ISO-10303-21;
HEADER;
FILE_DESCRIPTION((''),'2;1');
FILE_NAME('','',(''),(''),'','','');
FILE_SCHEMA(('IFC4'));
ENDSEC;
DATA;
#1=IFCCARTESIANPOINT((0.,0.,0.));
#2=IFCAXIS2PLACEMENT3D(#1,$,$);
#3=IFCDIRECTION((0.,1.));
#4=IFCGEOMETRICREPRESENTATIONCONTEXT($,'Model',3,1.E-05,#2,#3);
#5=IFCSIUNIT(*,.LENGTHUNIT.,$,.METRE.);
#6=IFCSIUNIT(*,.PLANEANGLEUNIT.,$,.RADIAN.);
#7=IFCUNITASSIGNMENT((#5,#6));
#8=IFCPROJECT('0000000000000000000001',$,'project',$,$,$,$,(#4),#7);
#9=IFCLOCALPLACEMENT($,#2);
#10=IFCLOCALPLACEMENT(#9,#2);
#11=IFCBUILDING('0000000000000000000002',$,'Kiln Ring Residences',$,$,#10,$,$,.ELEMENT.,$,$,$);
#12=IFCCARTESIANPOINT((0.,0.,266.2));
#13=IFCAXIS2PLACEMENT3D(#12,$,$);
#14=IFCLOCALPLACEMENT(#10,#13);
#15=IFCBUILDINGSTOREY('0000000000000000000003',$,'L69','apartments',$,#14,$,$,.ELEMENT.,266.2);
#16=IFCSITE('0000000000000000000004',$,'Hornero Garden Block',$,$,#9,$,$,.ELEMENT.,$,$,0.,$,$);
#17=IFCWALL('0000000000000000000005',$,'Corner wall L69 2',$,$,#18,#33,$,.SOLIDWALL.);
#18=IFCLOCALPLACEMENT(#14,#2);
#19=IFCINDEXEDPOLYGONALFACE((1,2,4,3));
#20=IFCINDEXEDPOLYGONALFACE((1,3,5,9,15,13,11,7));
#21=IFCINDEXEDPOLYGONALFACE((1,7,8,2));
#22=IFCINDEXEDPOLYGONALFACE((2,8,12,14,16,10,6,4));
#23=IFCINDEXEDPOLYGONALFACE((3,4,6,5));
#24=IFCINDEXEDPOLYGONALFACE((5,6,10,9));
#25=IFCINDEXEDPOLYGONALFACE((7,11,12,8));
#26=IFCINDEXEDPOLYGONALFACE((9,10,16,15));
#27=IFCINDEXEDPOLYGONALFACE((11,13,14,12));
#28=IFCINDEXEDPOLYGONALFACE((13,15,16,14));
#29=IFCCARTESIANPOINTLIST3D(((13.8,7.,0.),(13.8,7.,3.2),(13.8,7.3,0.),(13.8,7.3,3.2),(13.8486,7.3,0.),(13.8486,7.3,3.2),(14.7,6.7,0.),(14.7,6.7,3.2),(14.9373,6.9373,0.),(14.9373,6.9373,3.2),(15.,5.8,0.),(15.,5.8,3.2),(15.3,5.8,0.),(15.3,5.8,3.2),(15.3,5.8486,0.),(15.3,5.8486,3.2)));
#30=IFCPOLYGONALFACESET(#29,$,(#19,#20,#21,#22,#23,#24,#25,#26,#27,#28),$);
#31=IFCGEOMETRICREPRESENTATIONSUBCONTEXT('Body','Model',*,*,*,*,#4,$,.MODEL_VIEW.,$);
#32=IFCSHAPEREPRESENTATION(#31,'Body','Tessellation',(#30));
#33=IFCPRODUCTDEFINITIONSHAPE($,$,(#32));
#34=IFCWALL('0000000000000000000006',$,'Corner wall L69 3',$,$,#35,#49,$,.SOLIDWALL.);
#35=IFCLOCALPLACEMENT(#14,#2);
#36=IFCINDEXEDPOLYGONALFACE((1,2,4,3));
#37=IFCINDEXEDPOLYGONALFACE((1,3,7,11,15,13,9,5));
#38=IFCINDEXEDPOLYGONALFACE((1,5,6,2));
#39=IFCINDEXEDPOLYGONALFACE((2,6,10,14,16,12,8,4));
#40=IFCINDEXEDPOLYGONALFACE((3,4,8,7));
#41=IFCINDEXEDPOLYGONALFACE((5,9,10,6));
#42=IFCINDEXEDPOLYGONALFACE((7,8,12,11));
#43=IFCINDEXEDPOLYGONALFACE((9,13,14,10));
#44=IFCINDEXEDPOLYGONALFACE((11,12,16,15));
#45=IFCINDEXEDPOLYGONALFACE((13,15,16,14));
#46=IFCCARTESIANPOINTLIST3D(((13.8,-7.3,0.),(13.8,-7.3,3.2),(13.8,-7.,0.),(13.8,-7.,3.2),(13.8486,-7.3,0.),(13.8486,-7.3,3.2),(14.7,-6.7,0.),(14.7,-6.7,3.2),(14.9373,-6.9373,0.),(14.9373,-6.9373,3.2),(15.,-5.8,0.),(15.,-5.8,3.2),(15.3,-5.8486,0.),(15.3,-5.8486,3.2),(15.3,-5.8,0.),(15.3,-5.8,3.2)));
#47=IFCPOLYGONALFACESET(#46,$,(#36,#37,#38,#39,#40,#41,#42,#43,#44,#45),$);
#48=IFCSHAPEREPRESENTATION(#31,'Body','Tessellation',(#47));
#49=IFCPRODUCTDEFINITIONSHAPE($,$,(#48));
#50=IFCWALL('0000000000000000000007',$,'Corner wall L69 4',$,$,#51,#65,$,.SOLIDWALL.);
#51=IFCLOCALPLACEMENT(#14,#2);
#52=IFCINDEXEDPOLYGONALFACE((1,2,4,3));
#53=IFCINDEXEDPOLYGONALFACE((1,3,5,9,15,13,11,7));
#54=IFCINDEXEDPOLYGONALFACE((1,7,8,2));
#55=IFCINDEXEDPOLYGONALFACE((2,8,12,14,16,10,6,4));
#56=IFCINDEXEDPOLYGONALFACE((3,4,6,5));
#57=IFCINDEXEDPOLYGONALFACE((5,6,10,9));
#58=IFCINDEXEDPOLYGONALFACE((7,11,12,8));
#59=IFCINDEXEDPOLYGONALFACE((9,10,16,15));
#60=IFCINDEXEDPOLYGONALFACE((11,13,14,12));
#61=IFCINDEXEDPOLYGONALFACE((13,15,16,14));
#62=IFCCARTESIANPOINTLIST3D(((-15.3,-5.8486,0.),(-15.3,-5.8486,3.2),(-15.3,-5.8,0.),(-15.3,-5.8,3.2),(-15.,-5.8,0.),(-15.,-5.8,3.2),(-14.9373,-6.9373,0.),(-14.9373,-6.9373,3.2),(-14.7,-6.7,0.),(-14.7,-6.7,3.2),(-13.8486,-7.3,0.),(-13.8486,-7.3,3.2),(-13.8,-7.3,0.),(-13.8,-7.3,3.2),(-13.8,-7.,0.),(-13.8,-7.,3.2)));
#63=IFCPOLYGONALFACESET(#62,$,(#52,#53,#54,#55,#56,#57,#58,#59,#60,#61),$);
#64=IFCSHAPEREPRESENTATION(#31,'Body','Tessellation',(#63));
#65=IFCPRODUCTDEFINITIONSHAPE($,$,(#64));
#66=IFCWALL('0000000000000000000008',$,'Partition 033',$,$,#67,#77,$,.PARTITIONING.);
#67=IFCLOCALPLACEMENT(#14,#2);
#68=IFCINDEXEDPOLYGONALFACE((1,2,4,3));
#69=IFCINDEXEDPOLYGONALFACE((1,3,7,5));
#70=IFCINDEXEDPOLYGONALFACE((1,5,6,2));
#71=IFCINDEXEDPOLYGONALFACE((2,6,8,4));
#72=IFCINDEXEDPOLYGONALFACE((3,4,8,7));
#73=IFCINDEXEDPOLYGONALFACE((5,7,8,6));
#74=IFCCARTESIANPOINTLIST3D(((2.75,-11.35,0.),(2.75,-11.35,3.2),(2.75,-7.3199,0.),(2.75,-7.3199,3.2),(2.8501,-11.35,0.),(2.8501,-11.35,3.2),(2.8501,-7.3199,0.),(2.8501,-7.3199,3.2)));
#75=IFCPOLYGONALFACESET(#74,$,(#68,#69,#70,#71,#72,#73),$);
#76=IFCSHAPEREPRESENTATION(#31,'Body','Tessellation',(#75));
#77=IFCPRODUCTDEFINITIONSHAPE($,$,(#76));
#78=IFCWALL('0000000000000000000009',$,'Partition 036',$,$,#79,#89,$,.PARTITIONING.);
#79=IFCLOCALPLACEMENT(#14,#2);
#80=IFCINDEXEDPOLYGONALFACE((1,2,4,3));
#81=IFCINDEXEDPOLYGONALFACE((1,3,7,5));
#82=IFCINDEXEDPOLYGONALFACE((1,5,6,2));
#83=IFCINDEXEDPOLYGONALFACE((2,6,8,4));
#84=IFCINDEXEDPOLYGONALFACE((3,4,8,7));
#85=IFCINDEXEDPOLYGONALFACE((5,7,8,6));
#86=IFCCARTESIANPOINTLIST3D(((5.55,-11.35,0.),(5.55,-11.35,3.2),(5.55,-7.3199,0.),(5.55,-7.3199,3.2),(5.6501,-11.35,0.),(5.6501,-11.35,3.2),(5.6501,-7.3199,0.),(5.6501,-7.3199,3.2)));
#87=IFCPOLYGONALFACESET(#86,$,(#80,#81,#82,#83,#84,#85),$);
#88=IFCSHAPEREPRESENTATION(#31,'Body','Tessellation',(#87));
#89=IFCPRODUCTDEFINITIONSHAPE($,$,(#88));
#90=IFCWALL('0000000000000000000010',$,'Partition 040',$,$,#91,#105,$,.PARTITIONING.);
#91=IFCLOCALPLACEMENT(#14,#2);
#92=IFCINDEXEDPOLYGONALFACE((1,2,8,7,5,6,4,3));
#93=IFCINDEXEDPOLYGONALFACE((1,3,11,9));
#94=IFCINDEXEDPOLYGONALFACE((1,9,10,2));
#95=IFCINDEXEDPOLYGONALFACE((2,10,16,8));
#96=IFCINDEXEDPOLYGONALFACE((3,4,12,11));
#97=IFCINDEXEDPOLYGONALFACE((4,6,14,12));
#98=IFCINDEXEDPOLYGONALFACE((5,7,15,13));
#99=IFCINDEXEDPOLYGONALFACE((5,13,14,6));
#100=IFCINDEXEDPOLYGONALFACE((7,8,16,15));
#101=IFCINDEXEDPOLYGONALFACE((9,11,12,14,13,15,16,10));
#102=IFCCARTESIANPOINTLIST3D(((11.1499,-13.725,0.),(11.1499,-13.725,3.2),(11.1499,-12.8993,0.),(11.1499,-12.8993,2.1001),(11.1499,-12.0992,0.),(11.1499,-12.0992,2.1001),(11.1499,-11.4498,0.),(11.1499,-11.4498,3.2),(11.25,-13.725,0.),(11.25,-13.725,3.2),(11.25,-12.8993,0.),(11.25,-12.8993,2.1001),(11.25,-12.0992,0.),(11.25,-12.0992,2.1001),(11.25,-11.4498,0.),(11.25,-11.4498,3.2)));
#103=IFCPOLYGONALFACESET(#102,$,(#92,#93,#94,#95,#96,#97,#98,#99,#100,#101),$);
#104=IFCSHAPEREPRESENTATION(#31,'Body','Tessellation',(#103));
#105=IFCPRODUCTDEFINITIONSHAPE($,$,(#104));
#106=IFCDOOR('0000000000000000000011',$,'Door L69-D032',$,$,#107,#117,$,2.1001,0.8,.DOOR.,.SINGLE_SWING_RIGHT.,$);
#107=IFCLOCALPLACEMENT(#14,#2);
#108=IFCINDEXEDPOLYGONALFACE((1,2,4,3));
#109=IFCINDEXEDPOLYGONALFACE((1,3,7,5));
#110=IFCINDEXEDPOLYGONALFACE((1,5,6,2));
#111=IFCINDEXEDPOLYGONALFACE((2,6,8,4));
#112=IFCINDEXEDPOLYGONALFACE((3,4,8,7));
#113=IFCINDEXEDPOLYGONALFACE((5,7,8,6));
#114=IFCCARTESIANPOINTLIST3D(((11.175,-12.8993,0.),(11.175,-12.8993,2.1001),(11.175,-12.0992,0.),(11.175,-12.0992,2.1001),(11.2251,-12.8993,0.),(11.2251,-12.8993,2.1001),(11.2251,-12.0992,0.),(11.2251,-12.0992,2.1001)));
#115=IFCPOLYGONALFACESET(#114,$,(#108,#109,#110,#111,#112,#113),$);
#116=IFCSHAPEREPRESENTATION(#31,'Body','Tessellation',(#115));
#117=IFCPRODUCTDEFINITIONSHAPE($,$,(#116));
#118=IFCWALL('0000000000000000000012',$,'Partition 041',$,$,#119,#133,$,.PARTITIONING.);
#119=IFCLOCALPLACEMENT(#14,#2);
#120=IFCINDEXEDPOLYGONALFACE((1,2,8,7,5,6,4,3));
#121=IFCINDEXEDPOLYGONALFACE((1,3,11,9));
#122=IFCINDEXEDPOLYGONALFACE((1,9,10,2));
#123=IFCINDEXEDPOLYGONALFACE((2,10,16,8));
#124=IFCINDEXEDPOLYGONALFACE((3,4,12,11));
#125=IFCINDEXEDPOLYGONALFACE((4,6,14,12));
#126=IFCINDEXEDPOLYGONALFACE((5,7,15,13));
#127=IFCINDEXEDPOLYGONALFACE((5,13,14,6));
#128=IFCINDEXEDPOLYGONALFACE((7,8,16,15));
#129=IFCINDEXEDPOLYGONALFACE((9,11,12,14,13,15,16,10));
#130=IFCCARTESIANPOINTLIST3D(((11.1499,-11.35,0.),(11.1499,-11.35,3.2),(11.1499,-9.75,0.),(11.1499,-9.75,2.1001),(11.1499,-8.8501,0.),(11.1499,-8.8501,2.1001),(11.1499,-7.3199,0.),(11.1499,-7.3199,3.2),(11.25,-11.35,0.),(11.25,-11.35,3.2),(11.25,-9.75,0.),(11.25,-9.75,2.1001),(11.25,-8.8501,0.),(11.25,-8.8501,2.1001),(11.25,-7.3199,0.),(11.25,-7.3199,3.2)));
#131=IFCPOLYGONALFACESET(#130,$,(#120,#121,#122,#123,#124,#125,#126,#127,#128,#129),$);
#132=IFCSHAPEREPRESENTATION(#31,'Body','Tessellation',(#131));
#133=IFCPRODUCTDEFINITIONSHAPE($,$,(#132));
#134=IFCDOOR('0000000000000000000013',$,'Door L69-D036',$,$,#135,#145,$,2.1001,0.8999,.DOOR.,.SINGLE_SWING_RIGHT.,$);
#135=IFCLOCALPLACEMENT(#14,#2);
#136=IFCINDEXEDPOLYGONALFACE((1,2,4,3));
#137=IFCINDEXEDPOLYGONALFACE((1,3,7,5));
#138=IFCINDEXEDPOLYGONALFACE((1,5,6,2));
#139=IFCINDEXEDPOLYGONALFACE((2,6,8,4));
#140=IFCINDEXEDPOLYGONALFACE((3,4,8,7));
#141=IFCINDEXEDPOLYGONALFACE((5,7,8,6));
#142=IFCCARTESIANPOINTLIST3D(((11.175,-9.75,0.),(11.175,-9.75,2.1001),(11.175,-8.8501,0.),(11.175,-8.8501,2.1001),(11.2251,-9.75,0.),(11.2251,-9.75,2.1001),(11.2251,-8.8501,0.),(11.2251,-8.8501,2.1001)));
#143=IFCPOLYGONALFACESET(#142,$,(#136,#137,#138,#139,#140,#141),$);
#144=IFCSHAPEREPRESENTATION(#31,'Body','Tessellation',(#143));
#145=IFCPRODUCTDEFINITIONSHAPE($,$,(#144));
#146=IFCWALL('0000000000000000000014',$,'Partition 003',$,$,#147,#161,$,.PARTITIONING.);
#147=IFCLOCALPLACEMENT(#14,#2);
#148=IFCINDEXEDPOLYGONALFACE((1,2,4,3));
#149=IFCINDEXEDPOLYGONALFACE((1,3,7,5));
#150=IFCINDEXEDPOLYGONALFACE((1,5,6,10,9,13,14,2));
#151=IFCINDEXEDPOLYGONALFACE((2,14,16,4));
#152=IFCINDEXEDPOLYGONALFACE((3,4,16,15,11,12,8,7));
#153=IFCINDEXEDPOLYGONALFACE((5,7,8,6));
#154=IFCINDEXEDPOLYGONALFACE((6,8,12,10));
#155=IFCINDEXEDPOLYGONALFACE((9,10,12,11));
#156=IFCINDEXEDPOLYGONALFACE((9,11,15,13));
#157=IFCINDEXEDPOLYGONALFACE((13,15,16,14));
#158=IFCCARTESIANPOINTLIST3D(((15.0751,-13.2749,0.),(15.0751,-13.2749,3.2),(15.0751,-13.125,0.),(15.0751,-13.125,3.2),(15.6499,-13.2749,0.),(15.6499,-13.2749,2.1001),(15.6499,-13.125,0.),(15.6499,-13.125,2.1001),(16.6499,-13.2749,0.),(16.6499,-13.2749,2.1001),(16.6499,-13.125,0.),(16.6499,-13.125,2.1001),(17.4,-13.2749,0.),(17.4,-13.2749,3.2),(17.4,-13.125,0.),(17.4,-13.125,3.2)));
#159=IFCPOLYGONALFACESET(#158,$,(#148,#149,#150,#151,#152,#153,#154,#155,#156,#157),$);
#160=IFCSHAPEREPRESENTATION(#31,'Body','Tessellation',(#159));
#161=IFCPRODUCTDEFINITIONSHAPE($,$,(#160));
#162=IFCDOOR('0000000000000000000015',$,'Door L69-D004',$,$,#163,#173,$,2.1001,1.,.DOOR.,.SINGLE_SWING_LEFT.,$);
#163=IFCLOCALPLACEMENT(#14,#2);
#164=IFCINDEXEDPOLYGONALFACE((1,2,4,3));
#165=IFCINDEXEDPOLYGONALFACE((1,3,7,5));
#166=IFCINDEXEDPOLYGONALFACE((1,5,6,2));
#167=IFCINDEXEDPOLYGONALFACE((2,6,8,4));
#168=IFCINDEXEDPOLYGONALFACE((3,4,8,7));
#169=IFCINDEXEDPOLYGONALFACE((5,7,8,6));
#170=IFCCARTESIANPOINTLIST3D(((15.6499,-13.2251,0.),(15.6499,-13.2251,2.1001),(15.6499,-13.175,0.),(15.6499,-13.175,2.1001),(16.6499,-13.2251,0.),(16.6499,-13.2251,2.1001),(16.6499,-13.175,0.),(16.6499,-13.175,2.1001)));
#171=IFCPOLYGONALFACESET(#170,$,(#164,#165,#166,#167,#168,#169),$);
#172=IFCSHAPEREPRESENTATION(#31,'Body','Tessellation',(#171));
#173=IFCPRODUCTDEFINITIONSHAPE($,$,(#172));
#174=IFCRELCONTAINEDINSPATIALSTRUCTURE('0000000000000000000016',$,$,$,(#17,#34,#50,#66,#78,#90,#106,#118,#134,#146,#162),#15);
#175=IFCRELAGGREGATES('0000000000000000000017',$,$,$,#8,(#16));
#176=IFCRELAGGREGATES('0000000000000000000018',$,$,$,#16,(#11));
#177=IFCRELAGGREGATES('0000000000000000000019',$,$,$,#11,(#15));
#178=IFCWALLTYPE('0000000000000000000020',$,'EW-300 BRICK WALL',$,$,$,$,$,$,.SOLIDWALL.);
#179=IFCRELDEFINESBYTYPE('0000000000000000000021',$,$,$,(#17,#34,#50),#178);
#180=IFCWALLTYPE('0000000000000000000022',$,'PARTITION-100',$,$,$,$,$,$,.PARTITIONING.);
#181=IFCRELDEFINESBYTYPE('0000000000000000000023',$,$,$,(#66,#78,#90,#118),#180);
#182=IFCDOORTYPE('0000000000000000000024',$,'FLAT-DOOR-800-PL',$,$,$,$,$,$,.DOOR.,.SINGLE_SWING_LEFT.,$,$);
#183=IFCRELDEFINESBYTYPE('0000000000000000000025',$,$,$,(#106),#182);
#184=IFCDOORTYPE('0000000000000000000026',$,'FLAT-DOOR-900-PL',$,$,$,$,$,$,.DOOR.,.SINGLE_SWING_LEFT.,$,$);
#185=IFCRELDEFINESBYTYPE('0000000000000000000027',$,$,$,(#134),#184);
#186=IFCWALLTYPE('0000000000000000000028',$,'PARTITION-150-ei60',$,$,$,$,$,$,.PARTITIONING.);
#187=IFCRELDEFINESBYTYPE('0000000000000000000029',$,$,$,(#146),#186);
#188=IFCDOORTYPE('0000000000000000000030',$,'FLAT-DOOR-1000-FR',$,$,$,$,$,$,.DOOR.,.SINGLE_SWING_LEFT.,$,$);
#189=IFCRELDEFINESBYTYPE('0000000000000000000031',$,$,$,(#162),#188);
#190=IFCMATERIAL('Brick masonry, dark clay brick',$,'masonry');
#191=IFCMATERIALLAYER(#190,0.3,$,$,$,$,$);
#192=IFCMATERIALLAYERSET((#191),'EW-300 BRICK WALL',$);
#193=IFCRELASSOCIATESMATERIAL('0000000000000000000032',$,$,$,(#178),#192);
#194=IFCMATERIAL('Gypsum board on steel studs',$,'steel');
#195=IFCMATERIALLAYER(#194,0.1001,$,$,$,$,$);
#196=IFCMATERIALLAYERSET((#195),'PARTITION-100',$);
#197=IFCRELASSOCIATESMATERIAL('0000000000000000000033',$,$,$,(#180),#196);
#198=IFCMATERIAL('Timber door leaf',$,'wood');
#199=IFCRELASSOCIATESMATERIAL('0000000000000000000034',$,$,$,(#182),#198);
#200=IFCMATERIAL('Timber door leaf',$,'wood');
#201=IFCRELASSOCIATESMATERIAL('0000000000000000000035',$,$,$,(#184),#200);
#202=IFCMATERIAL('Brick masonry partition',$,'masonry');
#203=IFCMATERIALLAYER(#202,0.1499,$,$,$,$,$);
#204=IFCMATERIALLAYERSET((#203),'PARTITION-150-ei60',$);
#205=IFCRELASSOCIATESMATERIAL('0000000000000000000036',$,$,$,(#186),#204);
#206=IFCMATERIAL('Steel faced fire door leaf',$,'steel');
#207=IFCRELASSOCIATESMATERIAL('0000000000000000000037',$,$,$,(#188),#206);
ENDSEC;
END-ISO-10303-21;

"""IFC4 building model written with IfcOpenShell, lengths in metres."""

from ifc_helpers import new_model, si_unit, direction, frame, frame_2d, origin, place, context, subcontext, project, spatial, polyline, rectangle, outline, extrude, material, layer, layer_set, type_object, element, fill, save


model = new_model("IFC4")

# Units and contexts
model_context = context("Model", 3, precision=1e-05, world=origin(), true_north=direction((0.0, 1.0)))
body_context = subcontext(model_context, "Body", "Model", "MODEL_VIEW")
ifc_project = project(units=[si_unit("LENGTHUNIT", "METRE"), si_unit("PLANEANGLEUNIT", "RADIAN")], contexts=[model_context])

# Site, building, storey
site_placement = place(None, origin())
site = spatial("IfcSite", under=ifc_project, at=site_placement, Name="Hornero Garden Block", CompositionType="ELEMENT", RefElevation=0.0)
building_placement = place(site_placement, origin())
building = spatial("IfcBuilding", under=site, at=building_placement, Name="Kiln Ring Residences", CompositionType="ELEMENT")
storey_placement = place(building_placement, frame((0.0, 0.0, 266.2)))
storey = spatial("IfcBuildingStorey", under=building, at=storey_placement, Name="L69", Description="apartments", CompositionType="ELEMENT", Elevation=266.2)

# Shared definitions
ifc_material_1 = material(Name="Brick masonry, dark clay brick", Category="masonry")
ifc_layer_1 = layer(ifc_material_1, 0.3)
ifc_layer_set_1 = layer_set([ifc_layer_1], Name="EW-300 BRICK WALL")
wall_type_1 = type_object("IfcWallType", Name="EW-300 BRICK WALL", PredefinedType="SOLIDWALL", material=ifc_layer_set_1)

# Walls
placement = place(storey_placement, origin())
element("IfcWall", 1, at=placement, inside=storey, type_object=wall_type_1, Name="Corner wall L69 2", PredefinedType="SOLIDWALL", context=body_context, shape_type="SweptSolid", body=[
    extrude(outline(polyline([(14.9373, 6.9373), (13.8486, 7.3), (13.8, 7.3), (13.8, 7.0), (14.7, 6.7), (15.0, 5.8), (15.3, 5.8), (15.3, 5.8486), (14.9373, 6.9373)])), origin(), (0.0, 0.0, 1.0), 3.2),
])
element("IfcWall", 2, at=placement, inside=storey, type_object=wall_type_1, Name="Corner wall L69 3", PredefinedType="SOLIDWALL", context=body_context, shape_type="SweptSolid", body=[
    extrude(outline(polyline([(14.9373, -6.9373), (15.3, -5.8486), (15.3, -5.8), (15.0, -5.8), (14.7, -6.7), (13.8, -7.0), (13.8, -7.3), (13.8486, -7.3), (14.9373, -6.9373)])), origin(), (0.0, 0.0, 1.0), 3.2),
])
element("IfcWall", 3, at=placement, inside=storey, type_object=wall_type_1, Name="Corner wall L69 4", PredefinedType="SOLIDWALL", context=body_context, shape_type="SweptSolid", body=[
    extrude(outline(polyline([(-14.9373, -6.9373), (-13.8486, -7.3), (-13.8, -7.3), (-13.8, -7.0), (-14.7, -6.7), (-15.0, -5.8), (-15.3, -5.8), (-15.3, -5.8486), (-14.9373, -6.9373)])), origin(), (0.0, 0.0, 1.0), 3.2),
])
ifc_material_2 = material(Name="Gypsum board on steel studs", Category="steel")
ifc_layer_2 = layer(ifc_material_2, 0.1001)
ifc_layer_set_2 = layer_set([ifc_layer_2], Name="PARTITION-100")
wall_type_2 = type_object("IfcWallType", Name="PARTITION-100", PredefinedType="PARTITIONING", material=ifc_layer_set_2)
for number, where, z_axis, x_axis, name in (
    (4, (2.8, -11.3501, 0.0), (0.0, 0.0, 1.0), (0.0, 1.0, 0.0), "Partition 033"),
    (5, (5.6001, -11.3501, 0.0), (0.0, 0.0, 1.0), (0.0, 1.0, 0.0), "Partition 036"),
):
    element("IfcWall", number, at=place(storey_placement, frame(where, z_axis=z_axis, x_axis=x_axis)), inside=storey, type_object=wall_type_2, Name=name, PredefinedType="PARTITIONING", context=body_context, shape_type="SweptSolid", body=[
        extrude(rectangle(XDim=4.03, YDim=0.1001, at=frame_2d((2.0151, 0.0))), origin(), (0.0, 0.0, 1.0), 3.2),
    ])

# Walls, openings, doors
wall_1_placement = place(storey_placement, frame((11.2, -13.7251, 0.0), z_axis=(0.0, 0.0, 1.0), x_axis=(0.0, 1.0, 0.0)))
wall_1 = element("IfcWall", 6, at=wall_1_placement, inside=storey, type_object=wall_type_2, Name="Partition 040", PredefinedType="PARTITIONING", context=body_context, shape_type="SweptSolid", body=[
    extrude(rectangle(XDim=2.2751, YDim=0.1001, at=frame_2d((1.1377, 0.0))), origin(), (0.0, 0.0, 1.0), 3.2),
])
opening_1_placement = place(wall_1_placement, frame((0.8259, 0.0, 0.0)))
opening_1 = element("IfcOpeningElement", 7, at=opening_1_placement, cuts=wall_1, PredefinedType="OPENING", context=body_context, shape_type="SweptSolid", body=[
    extrude(rectangle(XDim=0.8, YDim=2.1001, at=frame_2d((0.3999, 1.05))), frame((0.0, 0.0601, 0.0), z_axis=(0.0, -1.0, 0.0), x_axis=(1.0, 0.0, 0.0)), (0.0, 0.0, 1.0), 0.1201),
])
ifc_material_3 = material(Name="Timber door leaf", Category="wood")
door_type_1 = type_object("IfcDoorType", Name="FLAT-DOOR-800-PL", OperationType="SINGLE_SWING_LEFT", PredefinedType="DOOR", material=ifc_material_3)
door_1_placement = place(opening_1_placement, origin())
door_1 = element("IfcDoor", 8, at=door_1_placement, inside=storey, type_object=door_type_1, Name="Door L69-D032", OperationType="SINGLE_SWING_RIGHT", OverallHeight=2.1001, OverallWidth=0.8, PredefinedType="DOOR", context=body_context, shape_type="SweptSolid", body=[
    extrude(rectangle(XDim=0.8, YDim=2.1001, at=frame_2d((0.3999, 1.05))), frame((0.0, 0.0249, 0.0), z_axis=(0.0, -1.0, 0.0), x_axis=(1.0, 0.0, 0.0)), (0.0, 0.0, 1.0), 0.05),
])
fill(opening_1, door_1)
wall_2_placement = place(storey_placement, frame((11.2, -11.3501, 0.0), z_axis=(0.0, 0.0, 1.0), x_axis=(0.0, 1.0, 0.0)))
wall_2 = element("IfcWall", 9, at=wall_2_placement, inside=storey, type_object=wall_type_2, Name="Partition 041", PredefinedType="PARTITIONING", context=body_context, shape_type="SweptSolid", body=[
    extrude(rectangle(XDim=4.03, YDim=0.1001, at=frame_2d((2.0151, 0.0))), origin(), (0.0, 0.0, 1.0), 3.2),
])
opening_2_placement = place(wall_2_placement, frame((1.6001, 0.0, 0.0)))
opening_2 = element("IfcOpeningElement", 10, at=opening_2_placement, cuts=wall_2, PredefinedType="OPENING", context=body_context, shape_type="SweptSolid", body=[
    extrude(rectangle(XDim=0.8999, YDim=2.1001, at=frame_2d((0.45, 1.05))), frame((0.0, 0.0601, 0.0), z_axis=(0.0, -1.0, 0.0), x_axis=(1.0, 0.0, 0.0)), (0.0, 0.0, 1.0), 0.1201),
])
ifc_material_4 = material(Name="Timber door leaf", Category="wood")
door_type_2 = type_object("IfcDoorType", Name="FLAT-DOOR-900-PL", OperationType="SINGLE_SWING_LEFT", PredefinedType="DOOR", material=ifc_material_4)
door_2_placement = place(opening_2_placement, origin())
door_2 = element("IfcDoor", 11, at=door_2_placement, inside=storey, type_object=door_type_2, Name="Door L69-D036", OperationType="SINGLE_SWING_RIGHT", OverallHeight=2.1001, OverallWidth=0.8999, PredefinedType="DOOR", context=body_context, shape_type="SweptSolid", body=[
    extrude(rectangle(XDim=0.8999, YDim=2.1001, at=frame_2d((0.45, 1.05))), frame((0.0, 0.0249, 0.0), z_axis=(0.0, -1.0, 0.0), x_axis=(1.0, 0.0, 0.0)), (0.0, 0.0, 1.0), 0.05),
])
fill(opening_2, door_2)
ifc_material_5 = material(Name="Brick masonry partition", Category="masonry")
ifc_layer_3 = layer(ifc_material_5, 0.1499)
ifc_layer_set_3 = layer_set([ifc_layer_3], Name="PARTITION-150-ei60")
wall_type_3 = type_object("IfcWallType", Name="PARTITION-150-ei60", PredefinedType="PARTITIONING", material=ifc_layer_set_3)
wall_3_placement = place(storey_placement, frame((15.075, -13.2, 0.0), z_axis=(0.0, 0.0, 1.0), x_axis=(1.0, 0.0, 0.0)))
wall_3 = element("IfcWall", 12, at=wall_3_placement, inside=storey, type_object=wall_type_3, Name="Partition 003", PredefinedType="PARTITIONING", context=body_context, shape_type="SweptSolid", body=[
    extrude(rectangle(XDim=2.325, YDim=0.1499, at=frame_2d((1.1626, 0.0))), origin(), (0.0, 0.0, 1.0), 3.2),
])
opening_3_placement = place(wall_3_placement, frame((0.575, 0.0, 0.0)))
opening_3 = element("IfcOpeningElement", 13, at=opening_3_placement, cuts=wall_3, PredefinedType="OPENING", context=body_context, shape_type="SweptSolid", body=[
    extrude(rectangle(XDim=1.0, YDim=2.1001, at=frame_2d((0.5, 1.05))), frame((0.0, 0.085, 0.0), z_axis=(0.0, -1.0, 0.0), x_axis=(1.0, 0.0, 0.0)), (0.0, 0.0, 1.0), 0.1699),
])
ifc_material_6 = material(Name="Steel faced fire door leaf", Category="steel")
door_type_3 = type_object("IfcDoorType", Name="FLAT-DOOR-1000-FR", OperationType="SINGLE_SWING_LEFT", PredefinedType="DOOR", material=ifc_material_6)
door_3_placement = place(opening_3_placement, origin())
door_3 = element("IfcDoor", 14, at=door_3_placement, inside=storey, type_object=door_type_3, Name="Door L69-D004", OperationType="SINGLE_SWING_LEFT", OverallHeight=2.1001, OverallWidth=1.0, PredefinedType="DOOR", context=body_context, shape_type="SweptSolid", body=[
    extrude(rectangle(XDim=1.0, YDim=2.1001, at=frame_2d((0.5, 1.05))), frame((0.0, 0.0249, 0.0), z_axis=(0.0, -1.0, 0.0), x_axis=(1.0, 0.0, 0.0)), (0.0, 0.0, 1.0), 0.05),
])
fill(opening_3, door_3)

save(model, "model.ifc")
